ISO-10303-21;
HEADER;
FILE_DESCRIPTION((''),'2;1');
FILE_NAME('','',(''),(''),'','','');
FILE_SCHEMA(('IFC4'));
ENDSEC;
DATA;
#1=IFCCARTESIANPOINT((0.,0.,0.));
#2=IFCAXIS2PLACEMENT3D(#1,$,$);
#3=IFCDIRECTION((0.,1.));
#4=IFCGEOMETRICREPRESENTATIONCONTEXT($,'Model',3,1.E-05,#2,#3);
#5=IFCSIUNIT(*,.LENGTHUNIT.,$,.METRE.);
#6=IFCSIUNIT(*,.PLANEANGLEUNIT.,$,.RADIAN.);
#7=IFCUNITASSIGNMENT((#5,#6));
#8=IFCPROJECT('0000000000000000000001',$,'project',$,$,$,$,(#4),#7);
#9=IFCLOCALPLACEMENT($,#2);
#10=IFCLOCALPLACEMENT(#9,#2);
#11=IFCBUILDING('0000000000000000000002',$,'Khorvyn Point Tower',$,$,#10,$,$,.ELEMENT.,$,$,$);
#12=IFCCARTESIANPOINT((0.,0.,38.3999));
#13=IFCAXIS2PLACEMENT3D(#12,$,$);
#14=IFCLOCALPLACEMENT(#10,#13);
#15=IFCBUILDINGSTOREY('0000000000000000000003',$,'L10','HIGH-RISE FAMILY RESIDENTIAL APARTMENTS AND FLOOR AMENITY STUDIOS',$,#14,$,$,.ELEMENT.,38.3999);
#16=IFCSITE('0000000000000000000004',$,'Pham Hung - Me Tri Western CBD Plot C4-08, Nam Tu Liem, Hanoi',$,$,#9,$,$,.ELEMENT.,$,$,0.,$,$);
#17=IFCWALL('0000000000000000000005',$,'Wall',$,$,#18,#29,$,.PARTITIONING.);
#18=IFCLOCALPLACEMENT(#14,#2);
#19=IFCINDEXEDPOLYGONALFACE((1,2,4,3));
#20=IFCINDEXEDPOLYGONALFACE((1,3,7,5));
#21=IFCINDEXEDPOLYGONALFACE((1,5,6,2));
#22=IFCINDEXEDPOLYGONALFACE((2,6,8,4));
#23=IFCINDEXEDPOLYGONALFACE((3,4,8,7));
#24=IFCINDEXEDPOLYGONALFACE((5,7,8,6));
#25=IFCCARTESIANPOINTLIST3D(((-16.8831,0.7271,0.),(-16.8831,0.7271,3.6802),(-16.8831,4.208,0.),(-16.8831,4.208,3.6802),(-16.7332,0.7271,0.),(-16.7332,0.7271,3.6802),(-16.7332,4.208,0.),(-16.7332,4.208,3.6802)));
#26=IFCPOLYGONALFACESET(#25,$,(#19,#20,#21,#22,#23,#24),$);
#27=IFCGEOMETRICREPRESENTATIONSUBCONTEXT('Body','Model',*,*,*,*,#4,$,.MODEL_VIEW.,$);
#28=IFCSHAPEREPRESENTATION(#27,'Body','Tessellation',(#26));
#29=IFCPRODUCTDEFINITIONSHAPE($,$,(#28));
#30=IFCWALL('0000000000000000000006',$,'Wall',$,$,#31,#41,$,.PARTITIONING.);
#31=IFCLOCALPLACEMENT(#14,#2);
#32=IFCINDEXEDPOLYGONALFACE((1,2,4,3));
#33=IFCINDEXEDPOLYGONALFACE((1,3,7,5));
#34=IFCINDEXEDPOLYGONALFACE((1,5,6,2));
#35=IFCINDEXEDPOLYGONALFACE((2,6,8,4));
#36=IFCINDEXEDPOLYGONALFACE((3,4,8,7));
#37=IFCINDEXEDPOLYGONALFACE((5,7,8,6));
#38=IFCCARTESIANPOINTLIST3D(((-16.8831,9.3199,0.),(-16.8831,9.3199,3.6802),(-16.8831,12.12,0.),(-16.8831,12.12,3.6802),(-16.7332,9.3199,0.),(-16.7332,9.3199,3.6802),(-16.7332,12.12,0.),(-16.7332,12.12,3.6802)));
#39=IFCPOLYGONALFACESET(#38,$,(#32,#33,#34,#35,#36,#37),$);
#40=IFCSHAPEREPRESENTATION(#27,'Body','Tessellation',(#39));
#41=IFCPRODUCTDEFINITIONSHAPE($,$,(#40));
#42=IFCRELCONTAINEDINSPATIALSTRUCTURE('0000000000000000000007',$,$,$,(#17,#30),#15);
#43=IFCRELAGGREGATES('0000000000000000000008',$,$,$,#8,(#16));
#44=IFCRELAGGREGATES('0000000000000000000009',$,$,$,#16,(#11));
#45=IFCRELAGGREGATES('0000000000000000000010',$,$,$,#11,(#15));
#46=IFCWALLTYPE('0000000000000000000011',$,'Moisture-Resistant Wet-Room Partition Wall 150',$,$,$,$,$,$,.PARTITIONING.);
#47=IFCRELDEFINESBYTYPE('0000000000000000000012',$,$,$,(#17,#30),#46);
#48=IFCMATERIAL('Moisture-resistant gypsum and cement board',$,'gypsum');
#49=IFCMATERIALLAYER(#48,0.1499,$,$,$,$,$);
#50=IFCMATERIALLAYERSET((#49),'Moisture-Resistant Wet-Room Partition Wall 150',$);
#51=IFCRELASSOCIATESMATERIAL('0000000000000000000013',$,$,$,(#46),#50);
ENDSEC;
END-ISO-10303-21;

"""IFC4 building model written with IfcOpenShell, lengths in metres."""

from ifc_helpers import new_model, si_unit, direction, frame, frame_2d, origin, place, context, subcontext, project, spatial, rectangle, extrude, material, layer, layer_set, type_object, element, save


model = new_model("IFC4")

# Units and contexts
model_context = context("Model", 3, precision=1e-05, world=origin(), true_north=direction((0.0, 1.0)))
body_context = subcontext(model_context, "Body", "Model", "MODEL_VIEW")
ifc_project = project(units=[si_unit("LENGTHUNIT", "METRE"), si_unit("PLANEANGLEUNIT", "RADIAN")], contexts=[model_context])

# Site, building, storey
site_placement = place(None, origin())
site = spatial("IfcSite", under=ifc_project, at=site_placement, Name="Pham Hung - Me Tri Western CBD Plot C4-08, Nam Tu Liem, Hanoi", CompositionType="ELEMENT", RefElevation=0.0)
building_placement = place(site_placement, origin())
building = spatial("IfcBuilding", under=site, at=building_placement, Name="Khorvyn Point Tower", CompositionType="ELEMENT")
storey_placement = place(building_placement, frame((0.0, 0.0, 38.3999)))
storey = spatial("IfcBuildingStorey", under=building, at=storey_placement, Name="L10", Description="HIGH-RISE FAMILY RESIDENTIAL APARTMENTS AND FLOOR AMENITY STUDIOS", CompositionType="ELEMENT", Elevation=38.3999)

# Shared definitions
ifc_material_1 = material(Name="Moisture-resistant gypsum and cement board", Category="gypsum")
ifc_layer_1 = layer(ifc_material_1, 0.1499)
ifc_layer_set_1 = layer_set([ifc_layer_1], Name="Moisture-Resistant Wet-Room Partition Wall 150")
wall_type_1 = type_object("IfcWallType", Name="Moisture-Resistant Wet-Room Partition Wall 150", PredefinedType="PARTITIONING", material=ifc_layer_set_1)

# Walls
wall_1_placement = place(storey_placement, frame((-16.8081, 0.7271, 0.0), z_axis=(0.0, 0.0, 1.0), x_axis=(0.0, 1.0, 0.0)))
element("IfcWall", 1, at=wall_1_placement, inside=storey, type_object=wall_type_1, Name="Wall", PredefinedType="PARTITIONING", context=body_context, shape_type="SweptSolid", body=[
    extrude(rectangle(XDim=3.481, YDim=0.1499, at=frame_2d((1.7405, 0.0))), origin(), (0.0, 0.0, 1.0), 3.6802),
])
wall_2_placement = place(storey_placement, frame((-16.8081, 9.3201, 0.0), z_axis=(0.0, 0.0, 1.0), x_axis=(0.0, 1.0, 0.0)))
element("IfcWall", 2, at=wall_2_placement, inside=storey, type_object=wall_type_1, Name="Wall", PredefinedType="PARTITIONING", context=body_context, shape_type="SweptSolid", body=[
    extrude(rectangle(XDim=2.8, YDim=0.1499, at=frame_2d((1.3999, 0.0))), origin(), (0.0, 0.0, 1.0), 3.6802),
])

save(model, "model.ifc")
